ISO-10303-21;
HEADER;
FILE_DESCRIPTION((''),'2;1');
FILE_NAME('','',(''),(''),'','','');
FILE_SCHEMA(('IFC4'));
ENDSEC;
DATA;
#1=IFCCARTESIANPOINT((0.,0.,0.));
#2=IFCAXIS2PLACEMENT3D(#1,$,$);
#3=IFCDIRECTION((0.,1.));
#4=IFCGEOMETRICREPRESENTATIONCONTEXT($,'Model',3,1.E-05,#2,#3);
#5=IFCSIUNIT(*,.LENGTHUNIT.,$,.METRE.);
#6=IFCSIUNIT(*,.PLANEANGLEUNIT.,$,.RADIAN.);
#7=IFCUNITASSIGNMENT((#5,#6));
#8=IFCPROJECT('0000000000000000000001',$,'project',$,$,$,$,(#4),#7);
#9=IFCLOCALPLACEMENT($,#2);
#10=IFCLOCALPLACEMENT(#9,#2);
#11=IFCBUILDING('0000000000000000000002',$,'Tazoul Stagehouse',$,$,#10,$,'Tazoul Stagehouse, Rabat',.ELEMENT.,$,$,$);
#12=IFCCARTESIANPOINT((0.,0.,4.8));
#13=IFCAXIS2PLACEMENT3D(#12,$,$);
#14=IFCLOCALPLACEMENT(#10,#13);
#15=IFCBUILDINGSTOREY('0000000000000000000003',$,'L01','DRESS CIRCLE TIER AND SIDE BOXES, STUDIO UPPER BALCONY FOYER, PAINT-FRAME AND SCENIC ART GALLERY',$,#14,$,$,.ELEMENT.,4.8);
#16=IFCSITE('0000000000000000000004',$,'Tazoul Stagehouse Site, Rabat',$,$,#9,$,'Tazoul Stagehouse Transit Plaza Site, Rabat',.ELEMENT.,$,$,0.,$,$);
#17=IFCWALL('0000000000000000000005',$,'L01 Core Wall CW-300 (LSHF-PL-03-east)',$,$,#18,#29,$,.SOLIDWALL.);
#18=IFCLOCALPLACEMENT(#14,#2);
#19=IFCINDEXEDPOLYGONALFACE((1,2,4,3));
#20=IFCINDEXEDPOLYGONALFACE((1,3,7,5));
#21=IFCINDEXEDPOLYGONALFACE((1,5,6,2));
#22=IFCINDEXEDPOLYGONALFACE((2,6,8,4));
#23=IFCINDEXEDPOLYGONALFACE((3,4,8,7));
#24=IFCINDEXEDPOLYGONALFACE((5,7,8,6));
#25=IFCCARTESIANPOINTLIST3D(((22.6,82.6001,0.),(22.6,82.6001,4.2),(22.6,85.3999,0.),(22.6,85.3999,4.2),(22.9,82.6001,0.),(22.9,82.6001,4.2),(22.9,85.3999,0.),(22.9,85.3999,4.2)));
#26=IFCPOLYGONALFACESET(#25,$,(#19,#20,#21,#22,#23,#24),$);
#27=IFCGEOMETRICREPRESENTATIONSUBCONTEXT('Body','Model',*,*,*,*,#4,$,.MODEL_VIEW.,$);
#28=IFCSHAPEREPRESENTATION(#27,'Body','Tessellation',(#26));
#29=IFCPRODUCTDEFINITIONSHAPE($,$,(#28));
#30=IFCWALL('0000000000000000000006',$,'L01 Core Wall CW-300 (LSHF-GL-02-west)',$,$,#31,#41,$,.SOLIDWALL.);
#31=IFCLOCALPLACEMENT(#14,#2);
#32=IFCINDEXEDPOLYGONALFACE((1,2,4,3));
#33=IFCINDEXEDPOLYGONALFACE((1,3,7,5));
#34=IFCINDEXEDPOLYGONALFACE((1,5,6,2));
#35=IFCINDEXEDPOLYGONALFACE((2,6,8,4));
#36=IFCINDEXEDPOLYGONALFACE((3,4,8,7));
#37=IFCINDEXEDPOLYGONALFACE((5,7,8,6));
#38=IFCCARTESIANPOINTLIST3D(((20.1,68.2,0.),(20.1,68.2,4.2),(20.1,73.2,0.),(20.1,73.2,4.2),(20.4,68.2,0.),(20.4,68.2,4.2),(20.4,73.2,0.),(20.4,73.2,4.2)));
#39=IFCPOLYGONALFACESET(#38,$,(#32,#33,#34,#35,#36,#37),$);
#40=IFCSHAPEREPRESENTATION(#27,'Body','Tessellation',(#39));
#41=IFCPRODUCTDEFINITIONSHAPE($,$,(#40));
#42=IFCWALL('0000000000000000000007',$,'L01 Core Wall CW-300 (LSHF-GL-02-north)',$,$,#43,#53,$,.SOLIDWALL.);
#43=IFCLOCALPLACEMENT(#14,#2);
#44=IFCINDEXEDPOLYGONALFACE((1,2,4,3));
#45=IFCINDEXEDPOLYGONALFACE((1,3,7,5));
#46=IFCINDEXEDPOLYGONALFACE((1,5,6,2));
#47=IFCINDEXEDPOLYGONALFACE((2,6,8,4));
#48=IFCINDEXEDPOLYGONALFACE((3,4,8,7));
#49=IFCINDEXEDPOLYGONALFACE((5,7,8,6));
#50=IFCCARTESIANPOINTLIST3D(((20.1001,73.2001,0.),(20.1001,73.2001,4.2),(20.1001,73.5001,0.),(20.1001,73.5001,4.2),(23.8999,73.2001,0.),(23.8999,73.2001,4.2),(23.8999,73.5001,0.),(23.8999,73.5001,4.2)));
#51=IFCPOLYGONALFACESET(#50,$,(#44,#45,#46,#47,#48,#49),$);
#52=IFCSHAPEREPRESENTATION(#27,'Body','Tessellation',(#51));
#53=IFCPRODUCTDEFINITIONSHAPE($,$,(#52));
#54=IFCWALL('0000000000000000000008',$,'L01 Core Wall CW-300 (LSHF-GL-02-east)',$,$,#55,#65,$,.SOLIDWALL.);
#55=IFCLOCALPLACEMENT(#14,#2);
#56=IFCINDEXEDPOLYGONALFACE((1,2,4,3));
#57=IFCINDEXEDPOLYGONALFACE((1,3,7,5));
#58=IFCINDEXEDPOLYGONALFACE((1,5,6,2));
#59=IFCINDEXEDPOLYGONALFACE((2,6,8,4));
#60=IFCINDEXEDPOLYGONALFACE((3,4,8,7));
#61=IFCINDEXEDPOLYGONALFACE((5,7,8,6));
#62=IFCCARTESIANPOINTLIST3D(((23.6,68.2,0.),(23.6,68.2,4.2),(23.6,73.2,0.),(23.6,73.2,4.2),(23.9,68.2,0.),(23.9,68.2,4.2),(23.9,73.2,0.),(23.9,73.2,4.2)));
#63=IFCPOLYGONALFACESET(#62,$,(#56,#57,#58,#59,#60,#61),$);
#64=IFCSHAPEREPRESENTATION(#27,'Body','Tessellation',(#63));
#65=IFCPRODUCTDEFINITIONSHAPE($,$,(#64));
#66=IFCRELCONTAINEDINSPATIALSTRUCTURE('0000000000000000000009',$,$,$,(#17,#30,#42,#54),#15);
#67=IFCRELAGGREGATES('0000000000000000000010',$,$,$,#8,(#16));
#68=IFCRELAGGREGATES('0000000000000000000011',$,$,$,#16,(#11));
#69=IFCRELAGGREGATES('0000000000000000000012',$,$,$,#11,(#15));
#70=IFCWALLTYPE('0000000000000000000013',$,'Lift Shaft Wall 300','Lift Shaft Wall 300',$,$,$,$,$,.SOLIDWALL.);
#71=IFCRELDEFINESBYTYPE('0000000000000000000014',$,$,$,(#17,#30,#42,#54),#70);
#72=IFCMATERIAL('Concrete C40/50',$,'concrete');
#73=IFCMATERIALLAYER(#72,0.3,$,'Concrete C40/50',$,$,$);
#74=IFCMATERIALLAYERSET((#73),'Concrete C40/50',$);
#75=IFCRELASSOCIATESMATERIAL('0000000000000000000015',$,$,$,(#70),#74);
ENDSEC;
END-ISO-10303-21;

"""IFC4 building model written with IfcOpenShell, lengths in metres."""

from ifc_helpers import new_model, si_unit, direction, frame, frame_2d, origin, place, context, subcontext, project, spatial, rectangle, extrude, material, layer, layer_set, type_object, element, save


model = new_model("IFC4")

# Units and contexts
model_context = context("Model", 3, precision=1e-05, world=origin(), true_north=direction((0.0, 1.0)))
body_context = subcontext(model_context, "Body", "Model", "MODEL_VIEW")
ifc_project = project(units=[si_unit("LENGTHUNIT", "METRE"), si_unit("PLANEANGLEUNIT", "RADIAN")], contexts=[model_context])

# Site, building, storey
site_placement = place(None, origin())
site = spatial("IfcSite", under=ifc_project, at=site_placement, Name="Tazoul Stagehouse Site, Rabat", LongName="Tazoul Stagehouse Transit Plaza Site, Rabat", CompositionType="ELEMENT", RefElevation=0.0)
building_placement = place(site_placement, origin())
building = spatial("IfcBuilding", under=site, at=building_placement, Name="Tazoul Stagehouse", LongName="Tazoul Stagehouse, Rabat", CompositionType="ELEMENT")
storey_placement = place(building_placement, frame((0.0, 0.0, 4.8)))
storey = spatial("IfcBuildingStorey", under=building, at=storey_placement, Name="L01", Description="DRESS CIRCLE TIER AND SIDE BOXES, STUDIO UPPER BALCONY FOYER, PAINT-FRAME AND SCENIC ART GALLERY", CompositionType="ELEMENT", Elevation=4.8)

# Shared definitions
ifc_material_1 = material(Name="Concrete C40/50", Category="concrete")

# Shared definitions
ifc_layer_1 = layer(ifc_material_1, 0.3, Name="Concrete C40/50")
ifc_layer_set_1 = layer_set([ifc_layer_1], Name="Concrete C40/50")
wall_type_1 = type_object("IfcWallType", Name="Lift Shaft Wall 300", Description="Lift Shaft Wall 300", PredefinedType="SOLIDWALL", material=ifc_layer_set_1)

# Wall
for number, where, z_axis, x_axis, name in (
    (1, (22.75, 85.3999, 0.0), (0.0, 0.0, 1.0), (0.0, -1.0, 0.0), "L01 Core Wall CW-300 (LSHF-PL-03-east)"),
):
    element("IfcWall", number, at=place(storey_placement, frame(where, z_axis=z_axis, x_axis=x_axis)), inside=storey, type_object=wall_type_1, Name=name, PredefinedType="SOLIDWALL", context=body_context, shape_type="SweptSolid", body=[
        extrude(rectangle(XDim=2.7998, YDim=0.3, at=frame_2d((1.3999, 0.0))), origin(), (0.0, 0.0, 1.0), 4.2),
    ])

# Walls
wall_1_placement = place(storey_placement, frame((20.25, 68.2, 0.0), z_axis=(0.0, 0.0, 1.0), x_axis=(0.0, 1.0, 0.0)))
element("IfcWall", 2, at=wall_1_placement, inside=storey, type_object=wall_type_1, Name="L01 Core Wall CW-300 (LSHF-GL-02-west)", PredefinedType="SOLIDWALL", context=body_context, shape_type="SweptSolid", body=[
    extrude(rectangle(XDim=5.0, YDim=0.3, at=frame_2d((2.5, 0.0))), origin(), (0.0, 0.0, 1.0), 4.2),
])
wall_2_placement = place(storey_placement, frame((20.1001, 73.3501, 0.0), z_axis=(0.0, 0.0, 1.0), x_axis=(1.0, 0.0, 0.0)))
element("IfcWall", 3, at=wall_2_placement, inside=storey, type_object=wall_type_1, Name="L01 Core Wall CW-300 (LSHF-GL-02-north)", PredefinedType="SOLIDWALL", context=body_context, shape_type="SweptSolid", body=[
    extrude(rectangle(XDim=3.7998, YDim=0.3, at=frame_2d((1.8999, 0.0))), origin(), (0.0, 0.0, 1.0), 4.2),
])
wall_3_placement = place(storey_placement, frame((23.75, 73.2, 0.0), z_axis=(0.0, 0.0, 1.0), x_axis=(0.0, -1.0, 0.0)))
element("IfcWall", 4, at=wall_3_placement, inside=storey, type_object=wall_type_1, Name="L01 Core Wall CW-300 (LSHF-GL-02-east)", PredefinedType="SOLIDWALL", context=body_context, shape_type="SweptSolid", body=[
    extrude(rectangle(XDim=5.0, YDim=0.3, at=frame_2d((2.5, 0.0))), origin(), (0.0, 0.0, 1.0), 4.2),
])

save(model, "model.ifc")
